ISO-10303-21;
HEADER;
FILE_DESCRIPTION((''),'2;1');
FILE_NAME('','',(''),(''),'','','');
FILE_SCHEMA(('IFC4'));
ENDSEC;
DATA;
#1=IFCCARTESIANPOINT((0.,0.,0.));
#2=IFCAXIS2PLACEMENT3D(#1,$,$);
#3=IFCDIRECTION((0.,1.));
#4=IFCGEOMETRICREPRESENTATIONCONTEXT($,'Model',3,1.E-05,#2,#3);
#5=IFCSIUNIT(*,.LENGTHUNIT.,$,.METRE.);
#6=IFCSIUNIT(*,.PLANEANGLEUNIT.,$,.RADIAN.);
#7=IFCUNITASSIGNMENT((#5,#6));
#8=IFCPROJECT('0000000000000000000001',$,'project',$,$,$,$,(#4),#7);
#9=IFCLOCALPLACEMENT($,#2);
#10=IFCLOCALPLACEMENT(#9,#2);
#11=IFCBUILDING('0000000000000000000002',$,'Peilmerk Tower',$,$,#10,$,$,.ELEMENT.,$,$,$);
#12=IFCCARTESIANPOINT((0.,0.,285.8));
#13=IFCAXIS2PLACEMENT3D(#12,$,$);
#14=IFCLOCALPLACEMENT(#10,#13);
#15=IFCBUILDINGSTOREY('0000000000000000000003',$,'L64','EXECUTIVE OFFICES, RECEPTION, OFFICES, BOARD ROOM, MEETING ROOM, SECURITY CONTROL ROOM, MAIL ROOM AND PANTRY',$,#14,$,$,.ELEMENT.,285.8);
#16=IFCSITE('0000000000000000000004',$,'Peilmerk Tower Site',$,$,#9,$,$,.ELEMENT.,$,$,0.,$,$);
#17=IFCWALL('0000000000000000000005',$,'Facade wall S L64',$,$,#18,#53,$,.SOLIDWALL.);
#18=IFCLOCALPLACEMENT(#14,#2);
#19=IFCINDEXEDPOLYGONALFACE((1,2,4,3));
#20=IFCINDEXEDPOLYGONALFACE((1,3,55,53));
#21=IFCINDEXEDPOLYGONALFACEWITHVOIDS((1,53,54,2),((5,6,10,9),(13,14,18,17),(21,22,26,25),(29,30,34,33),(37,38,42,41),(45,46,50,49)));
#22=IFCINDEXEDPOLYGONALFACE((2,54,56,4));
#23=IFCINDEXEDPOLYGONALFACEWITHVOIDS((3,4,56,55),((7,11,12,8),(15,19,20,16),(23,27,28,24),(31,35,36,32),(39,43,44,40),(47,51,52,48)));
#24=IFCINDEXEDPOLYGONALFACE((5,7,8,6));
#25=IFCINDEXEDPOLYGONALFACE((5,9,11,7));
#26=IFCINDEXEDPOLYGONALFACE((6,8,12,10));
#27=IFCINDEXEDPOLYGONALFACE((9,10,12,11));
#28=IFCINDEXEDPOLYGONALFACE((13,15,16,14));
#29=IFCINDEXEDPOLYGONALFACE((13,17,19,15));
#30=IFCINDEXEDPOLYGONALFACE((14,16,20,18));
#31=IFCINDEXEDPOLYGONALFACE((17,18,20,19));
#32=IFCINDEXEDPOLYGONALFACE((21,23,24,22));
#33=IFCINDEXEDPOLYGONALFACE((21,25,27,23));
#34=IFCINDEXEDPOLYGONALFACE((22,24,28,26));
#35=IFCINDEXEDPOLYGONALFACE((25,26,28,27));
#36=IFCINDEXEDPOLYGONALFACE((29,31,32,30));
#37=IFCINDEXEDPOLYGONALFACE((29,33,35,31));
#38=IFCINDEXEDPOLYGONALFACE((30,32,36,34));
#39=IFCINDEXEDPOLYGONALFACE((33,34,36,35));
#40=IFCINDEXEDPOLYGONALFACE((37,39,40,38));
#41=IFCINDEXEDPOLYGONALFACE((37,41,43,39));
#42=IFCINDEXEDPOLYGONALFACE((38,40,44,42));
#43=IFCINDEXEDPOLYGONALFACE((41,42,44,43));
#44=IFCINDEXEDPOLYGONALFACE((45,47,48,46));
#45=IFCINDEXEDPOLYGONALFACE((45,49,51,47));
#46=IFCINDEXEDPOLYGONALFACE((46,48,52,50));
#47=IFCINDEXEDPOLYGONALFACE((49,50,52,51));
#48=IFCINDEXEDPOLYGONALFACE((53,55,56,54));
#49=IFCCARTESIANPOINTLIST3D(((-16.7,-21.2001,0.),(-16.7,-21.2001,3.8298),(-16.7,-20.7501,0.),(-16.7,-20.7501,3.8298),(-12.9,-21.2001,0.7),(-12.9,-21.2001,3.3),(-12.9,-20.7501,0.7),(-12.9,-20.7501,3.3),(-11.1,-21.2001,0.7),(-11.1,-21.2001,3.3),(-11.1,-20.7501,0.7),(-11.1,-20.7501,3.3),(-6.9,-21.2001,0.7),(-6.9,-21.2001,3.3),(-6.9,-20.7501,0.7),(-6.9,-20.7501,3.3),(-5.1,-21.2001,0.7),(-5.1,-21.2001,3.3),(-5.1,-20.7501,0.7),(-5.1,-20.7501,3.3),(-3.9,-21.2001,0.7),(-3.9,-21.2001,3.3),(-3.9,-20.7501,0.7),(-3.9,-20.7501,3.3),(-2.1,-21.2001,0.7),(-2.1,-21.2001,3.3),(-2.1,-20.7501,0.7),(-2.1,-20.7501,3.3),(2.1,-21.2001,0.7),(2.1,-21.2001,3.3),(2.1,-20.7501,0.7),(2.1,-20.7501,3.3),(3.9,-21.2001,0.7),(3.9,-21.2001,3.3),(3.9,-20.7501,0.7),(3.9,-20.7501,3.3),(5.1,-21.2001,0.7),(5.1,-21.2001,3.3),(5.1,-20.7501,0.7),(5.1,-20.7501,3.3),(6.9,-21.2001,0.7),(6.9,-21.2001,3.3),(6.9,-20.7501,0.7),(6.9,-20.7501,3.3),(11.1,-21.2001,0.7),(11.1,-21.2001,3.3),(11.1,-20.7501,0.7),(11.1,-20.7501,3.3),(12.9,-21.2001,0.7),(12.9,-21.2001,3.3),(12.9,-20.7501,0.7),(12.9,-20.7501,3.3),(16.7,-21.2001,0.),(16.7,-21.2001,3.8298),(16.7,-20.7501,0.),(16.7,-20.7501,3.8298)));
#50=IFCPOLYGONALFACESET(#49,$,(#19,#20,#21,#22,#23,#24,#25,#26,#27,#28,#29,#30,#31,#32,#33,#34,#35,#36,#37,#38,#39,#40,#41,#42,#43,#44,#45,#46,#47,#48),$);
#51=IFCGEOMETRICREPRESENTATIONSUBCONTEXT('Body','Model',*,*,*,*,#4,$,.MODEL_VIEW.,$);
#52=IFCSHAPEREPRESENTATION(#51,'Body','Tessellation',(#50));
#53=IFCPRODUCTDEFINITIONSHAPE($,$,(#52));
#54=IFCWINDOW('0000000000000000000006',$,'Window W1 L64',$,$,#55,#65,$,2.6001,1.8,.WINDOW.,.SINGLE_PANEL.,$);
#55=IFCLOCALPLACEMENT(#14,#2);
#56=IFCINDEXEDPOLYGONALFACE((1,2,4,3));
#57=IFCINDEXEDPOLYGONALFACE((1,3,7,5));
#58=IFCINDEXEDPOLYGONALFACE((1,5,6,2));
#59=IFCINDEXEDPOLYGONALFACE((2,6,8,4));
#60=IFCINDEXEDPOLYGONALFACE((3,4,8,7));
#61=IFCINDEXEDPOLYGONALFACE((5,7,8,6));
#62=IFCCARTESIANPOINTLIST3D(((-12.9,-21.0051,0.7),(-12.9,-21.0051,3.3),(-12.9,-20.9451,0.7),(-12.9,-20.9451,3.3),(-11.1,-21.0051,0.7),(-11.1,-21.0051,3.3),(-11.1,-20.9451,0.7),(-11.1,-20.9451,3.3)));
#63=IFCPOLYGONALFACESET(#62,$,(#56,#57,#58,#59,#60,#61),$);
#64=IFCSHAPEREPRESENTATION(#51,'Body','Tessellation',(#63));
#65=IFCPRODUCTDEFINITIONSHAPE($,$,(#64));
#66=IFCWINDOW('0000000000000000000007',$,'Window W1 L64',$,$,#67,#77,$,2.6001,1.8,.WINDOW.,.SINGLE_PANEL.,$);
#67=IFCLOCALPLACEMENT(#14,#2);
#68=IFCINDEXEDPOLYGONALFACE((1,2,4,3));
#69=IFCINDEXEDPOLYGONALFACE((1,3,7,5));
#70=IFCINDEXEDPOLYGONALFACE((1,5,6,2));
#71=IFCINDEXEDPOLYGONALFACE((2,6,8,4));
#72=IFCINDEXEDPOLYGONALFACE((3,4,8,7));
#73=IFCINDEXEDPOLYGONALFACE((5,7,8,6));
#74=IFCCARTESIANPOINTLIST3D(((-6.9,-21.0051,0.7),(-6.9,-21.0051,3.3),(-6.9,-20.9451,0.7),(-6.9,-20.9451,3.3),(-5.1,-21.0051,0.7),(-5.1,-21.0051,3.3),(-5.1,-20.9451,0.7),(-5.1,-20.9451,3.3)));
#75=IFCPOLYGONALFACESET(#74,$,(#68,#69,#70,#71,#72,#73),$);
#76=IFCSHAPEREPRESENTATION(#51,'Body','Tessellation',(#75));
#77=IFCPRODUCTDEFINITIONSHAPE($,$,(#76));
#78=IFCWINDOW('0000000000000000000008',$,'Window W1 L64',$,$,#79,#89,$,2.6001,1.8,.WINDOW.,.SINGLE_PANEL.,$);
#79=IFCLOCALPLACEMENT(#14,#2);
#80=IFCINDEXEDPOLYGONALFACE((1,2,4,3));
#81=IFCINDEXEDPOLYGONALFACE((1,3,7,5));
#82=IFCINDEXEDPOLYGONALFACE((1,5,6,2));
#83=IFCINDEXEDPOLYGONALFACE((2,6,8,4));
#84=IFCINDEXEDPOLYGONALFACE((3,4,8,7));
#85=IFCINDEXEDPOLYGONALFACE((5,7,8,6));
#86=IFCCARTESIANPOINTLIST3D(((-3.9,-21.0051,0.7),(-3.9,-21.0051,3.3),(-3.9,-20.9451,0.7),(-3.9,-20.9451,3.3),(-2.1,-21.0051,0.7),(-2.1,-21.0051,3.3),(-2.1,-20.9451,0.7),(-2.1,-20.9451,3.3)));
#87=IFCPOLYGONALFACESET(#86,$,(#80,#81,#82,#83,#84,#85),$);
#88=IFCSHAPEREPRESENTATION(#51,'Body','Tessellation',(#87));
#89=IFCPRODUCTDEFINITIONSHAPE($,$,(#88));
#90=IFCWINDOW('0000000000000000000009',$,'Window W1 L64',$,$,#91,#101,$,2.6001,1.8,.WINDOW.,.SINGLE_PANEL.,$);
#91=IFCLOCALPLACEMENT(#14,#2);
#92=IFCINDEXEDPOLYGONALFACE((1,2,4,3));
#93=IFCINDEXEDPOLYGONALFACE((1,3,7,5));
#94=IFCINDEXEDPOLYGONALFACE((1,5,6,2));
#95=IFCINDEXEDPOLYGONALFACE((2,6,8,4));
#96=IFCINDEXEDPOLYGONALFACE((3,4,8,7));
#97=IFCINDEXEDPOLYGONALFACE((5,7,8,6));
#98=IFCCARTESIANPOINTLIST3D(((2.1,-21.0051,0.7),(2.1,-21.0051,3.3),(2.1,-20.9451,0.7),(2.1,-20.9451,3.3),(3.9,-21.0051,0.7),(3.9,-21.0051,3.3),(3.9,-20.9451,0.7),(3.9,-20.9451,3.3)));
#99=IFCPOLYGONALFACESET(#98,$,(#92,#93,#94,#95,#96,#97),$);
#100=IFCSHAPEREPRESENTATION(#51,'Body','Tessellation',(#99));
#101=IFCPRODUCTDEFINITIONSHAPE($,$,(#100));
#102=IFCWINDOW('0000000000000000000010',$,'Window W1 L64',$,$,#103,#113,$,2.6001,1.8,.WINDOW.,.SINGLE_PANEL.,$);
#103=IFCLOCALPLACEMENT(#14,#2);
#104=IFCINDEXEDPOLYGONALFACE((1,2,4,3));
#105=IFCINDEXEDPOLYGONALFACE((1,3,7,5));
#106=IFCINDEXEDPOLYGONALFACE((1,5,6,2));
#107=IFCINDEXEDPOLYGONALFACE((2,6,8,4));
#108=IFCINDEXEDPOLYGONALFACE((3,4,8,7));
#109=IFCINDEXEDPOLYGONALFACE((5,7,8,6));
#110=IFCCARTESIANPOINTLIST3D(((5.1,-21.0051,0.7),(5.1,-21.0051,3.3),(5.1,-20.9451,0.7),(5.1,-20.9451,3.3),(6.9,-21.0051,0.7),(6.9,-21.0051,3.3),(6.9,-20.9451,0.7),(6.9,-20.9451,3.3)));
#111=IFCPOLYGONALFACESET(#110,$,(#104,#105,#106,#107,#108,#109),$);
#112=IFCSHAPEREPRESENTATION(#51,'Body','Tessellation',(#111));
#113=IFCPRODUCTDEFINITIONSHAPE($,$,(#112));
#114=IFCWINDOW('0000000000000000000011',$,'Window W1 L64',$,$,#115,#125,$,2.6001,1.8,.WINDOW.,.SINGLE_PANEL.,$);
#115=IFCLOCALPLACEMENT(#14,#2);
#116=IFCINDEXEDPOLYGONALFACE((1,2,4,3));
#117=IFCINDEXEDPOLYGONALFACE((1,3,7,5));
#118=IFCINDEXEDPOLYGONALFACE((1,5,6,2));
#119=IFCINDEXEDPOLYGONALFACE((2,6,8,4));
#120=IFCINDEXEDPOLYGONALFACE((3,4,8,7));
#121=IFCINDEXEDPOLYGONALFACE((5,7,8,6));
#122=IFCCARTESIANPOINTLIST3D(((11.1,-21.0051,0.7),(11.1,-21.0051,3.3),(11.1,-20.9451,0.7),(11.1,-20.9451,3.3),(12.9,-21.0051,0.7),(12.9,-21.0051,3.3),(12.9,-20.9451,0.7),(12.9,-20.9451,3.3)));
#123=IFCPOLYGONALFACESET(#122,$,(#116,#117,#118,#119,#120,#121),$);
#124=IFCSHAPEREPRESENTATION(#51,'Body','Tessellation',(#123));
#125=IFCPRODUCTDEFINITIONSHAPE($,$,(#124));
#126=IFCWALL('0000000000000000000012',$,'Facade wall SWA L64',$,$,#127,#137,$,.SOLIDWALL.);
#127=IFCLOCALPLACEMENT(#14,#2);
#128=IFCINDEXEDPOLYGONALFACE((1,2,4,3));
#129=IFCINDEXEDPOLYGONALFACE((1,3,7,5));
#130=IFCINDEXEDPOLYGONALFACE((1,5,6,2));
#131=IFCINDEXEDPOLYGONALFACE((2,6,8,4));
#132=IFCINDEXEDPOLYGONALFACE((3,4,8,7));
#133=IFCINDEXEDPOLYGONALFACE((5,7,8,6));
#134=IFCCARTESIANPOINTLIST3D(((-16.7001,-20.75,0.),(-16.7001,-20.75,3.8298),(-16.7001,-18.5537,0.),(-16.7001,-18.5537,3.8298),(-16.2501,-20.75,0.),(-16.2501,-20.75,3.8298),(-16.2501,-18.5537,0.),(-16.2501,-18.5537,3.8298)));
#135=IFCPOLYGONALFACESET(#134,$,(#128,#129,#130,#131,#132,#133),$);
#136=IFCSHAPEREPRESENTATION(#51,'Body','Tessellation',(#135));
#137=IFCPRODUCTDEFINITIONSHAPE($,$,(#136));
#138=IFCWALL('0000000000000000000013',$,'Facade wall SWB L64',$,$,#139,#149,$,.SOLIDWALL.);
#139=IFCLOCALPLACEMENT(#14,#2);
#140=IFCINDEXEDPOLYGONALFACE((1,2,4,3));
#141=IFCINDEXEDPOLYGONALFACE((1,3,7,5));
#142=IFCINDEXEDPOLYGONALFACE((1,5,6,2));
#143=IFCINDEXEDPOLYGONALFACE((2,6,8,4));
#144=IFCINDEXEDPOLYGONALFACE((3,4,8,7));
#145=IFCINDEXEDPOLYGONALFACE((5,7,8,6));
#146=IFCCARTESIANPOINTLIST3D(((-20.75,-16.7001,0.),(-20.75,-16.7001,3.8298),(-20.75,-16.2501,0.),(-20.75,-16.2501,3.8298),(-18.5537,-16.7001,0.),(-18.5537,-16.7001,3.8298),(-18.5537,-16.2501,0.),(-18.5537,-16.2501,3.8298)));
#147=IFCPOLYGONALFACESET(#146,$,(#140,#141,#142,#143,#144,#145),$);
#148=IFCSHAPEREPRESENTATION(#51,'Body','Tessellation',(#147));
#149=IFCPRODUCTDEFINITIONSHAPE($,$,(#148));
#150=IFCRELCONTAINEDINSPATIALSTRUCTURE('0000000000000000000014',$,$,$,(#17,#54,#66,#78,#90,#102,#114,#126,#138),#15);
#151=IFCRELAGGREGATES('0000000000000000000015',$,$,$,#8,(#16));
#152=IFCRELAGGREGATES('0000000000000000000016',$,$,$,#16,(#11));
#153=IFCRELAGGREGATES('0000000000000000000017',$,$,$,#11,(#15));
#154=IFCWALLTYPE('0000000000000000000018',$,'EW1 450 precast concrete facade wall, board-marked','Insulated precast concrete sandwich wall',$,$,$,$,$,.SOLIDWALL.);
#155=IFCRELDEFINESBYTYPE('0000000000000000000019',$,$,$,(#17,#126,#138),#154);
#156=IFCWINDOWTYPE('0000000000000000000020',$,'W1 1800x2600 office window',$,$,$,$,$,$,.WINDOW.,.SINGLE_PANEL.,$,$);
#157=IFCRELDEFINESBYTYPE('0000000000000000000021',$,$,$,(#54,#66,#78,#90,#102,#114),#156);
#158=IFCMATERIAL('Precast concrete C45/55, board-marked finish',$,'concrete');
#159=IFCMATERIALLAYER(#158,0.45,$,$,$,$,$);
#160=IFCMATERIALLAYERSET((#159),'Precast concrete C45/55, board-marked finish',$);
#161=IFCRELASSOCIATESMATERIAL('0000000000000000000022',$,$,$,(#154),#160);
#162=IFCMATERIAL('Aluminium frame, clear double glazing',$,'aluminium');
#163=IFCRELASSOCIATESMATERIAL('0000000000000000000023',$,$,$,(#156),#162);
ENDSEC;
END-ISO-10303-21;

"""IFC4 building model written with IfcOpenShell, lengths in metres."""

from ifc_helpers import new_model, si_unit, direction, frame, frame_2d, origin, place, context, subcontext, project, spatial, rectangle, extrude, material, layer, layer_set, type_object, element, fill, save


model = new_model("IFC4")

# Units and contexts
model_context = context("Model", 3, precision=1e-05, world=origin(), true_north=direction((0.0, 1.0)))
body_context = subcontext(model_context, "Body", "Model", "MODEL_VIEW")
ifc_project = project(units=[si_unit("LENGTHUNIT", "METRE"), si_unit("PLANEANGLEUNIT", "RADIAN")], contexts=[model_context])

# Site, building, storey
site_placement = place(None, origin())
site = spatial("IfcSite", under=ifc_project, at=site_placement, Name="Peilmerk Tower Site", CompositionType="ELEMENT", RefElevation=0.0)
building_placement = place(site_placement, origin())
building = spatial("IfcBuilding", under=site, at=building_placement, Name="Peilmerk Tower", CompositionType="ELEMENT")
storey_placement = place(building_placement, frame((0.0, 0.0, 285.8)))
storey = spatial("IfcBuildingStorey", under=building, at=storey_placement, Name="L64", Description="EXECUTIVE OFFICES, RECEPTION, OFFICES, BOARD ROOM, MEETING ROOM, SECURITY CONTROL ROOM, MAIL ROOM AND PANTRY", CompositionType="ELEMENT", Elevation=285.8)

# Wall, openings, windows
ifc_material_1 = material(Name="Precast concrete C45/55, board-marked finish", Category="concrete")
ifc_layer_1 = layer(ifc_material_1, 0.45)
ifc_layer_set_1 = layer_set([ifc_layer_1], Name="Precast concrete C45/55, board-marked finish")
wall_type = type_object("IfcWallType", Name="EW1 450 precast concrete facade wall, board-marked", Description="Insulated precast concrete sandwich wall", PredefinedType="SOLIDWALL", material=ifc_layer_set_1)
wall_placement = place(storey_placement, frame((-16.7, -20.9751, 0.0), z_axis=(0.0, 0.0, 1.0), x_axis=(1.0, 0.0, 0.0)))
wall = element("IfcWall", 1, at=wall_placement, inside=storey, type_object=wall_type, Name="Facade wall S L64", PredefinedType="SOLIDWALL", context=body_context, shape_type="SweptSolid", body=[
    extrude(rectangle(XDim=33.3999, YDim=0.45, at=frame_2d((16.7, 0.0))), origin(), (0.0, 0.0, 1.0), 3.8298),
])
opening_1_placement = place(wall_placement, frame((3.8, 0.0, 0.7)))
opening_1 = element("IfcOpeningElement", 2, at=opening_1_placement, cuts=wall, PredefinedType="OPENING", context=body_context, shape_type="SweptSolid", body=[
    extrude(rectangle(XDim=1.8, YDim=2.6001, at=frame_2d((0.8999, 1.3))), frame((0.0, 0.2349, 0.0), z_axis=(0.0, -1.0, 0.0), x_axis=(1.0, 0.0, 0.0)), (0.0, 0.0, 1.0), 0.47),
])
opening_2_placement = place(wall_placement, frame((9.8, 0.0, 0.7)))
opening_2 = element("IfcOpeningElement", 3, at=opening_2_placement, cuts=wall, PredefinedType="OPENING", context=body_context, shape_type="SweptSolid", body=[
    extrude(rectangle(XDim=1.8, YDim=2.6001, at=frame_2d((0.8999, 1.3))), frame((0.0, 0.2349, 0.0), z_axis=(0.0, -1.0, 0.0), x_axis=(1.0, 0.0, 0.0)), (0.0, 0.0, 1.0), 0.47),
])
opening_3_placement = place(wall_placement, frame((12.8, 0.0, 0.7)))
opening_3 = element("IfcOpeningElement", 4, at=opening_3_placement, cuts=wall, PredefinedType="OPENING", context=body_context, shape_type="SweptSolid", body=[
    extrude(rectangle(XDim=1.8, YDim=2.6001, at=frame_2d((0.8999, 1.3))), frame((0.0, 0.2349, 0.0), z_axis=(0.0, -1.0, 0.0), x_axis=(1.0, 0.0, 0.0)), (0.0, 0.0, 1.0), 0.47),
])
opening_4_placement = place(wall_placement, frame((18.8, 0.0, 0.7)))
opening_4 = element("IfcOpeningElement", 5, at=opening_4_placement, cuts=wall, PredefinedType="OPENING", context=body_context, shape_type="SweptSolid", body=[
    extrude(rectangle(XDim=1.8, YDim=2.6001, at=frame_2d((0.8999, 1.3))), frame((0.0, 0.2349, 0.0), z_axis=(0.0, -1.0, 0.0), x_axis=(1.0, 0.0, 0.0)), (0.0, 0.0, 1.0), 0.47),
])
opening_5_placement = place(wall_placement, frame((21.8, 0.0, 0.7)))
opening_5 = element("IfcOpeningElement", 6, at=opening_5_placement, cuts=wall, PredefinedType="OPENING", context=body_context, shape_type="SweptSolid", body=[
    extrude(rectangle(XDim=1.8, YDim=2.6001, at=frame_2d((0.8999, 1.3))), frame((0.0, 0.2349, 0.0), z_axis=(0.0, -1.0, 0.0), x_axis=(1.0, 0.0, 0.0)), (0.0, 0.0, 1.0), 0.47),
])
opening_6_placement = place(wall_placement, frame((27.8, 0.0, 0.7)))
opening_6 = element("IfcOpeningElement", 7, at=opening_6_placement, cuts=wall, PredefinedType="OPENING", context=body_context, shape_type="SweptSolid", body=[
    extrude(rectangle(XDim=1.8, YDim=2.6001, at=frame_2d((0.8999, 1.3))), frame((0.0, 0.2349, 0.0), z_axis=(0.0, -1.0, 0.0), x_axis=(1.0, 0.0, 0.0)), (0.0, 0.0, 1.0), 0.47),
])
ifc_material_2 = material(Name="Aluminium frame, clear double glazing", Category="aluminium")
window_type = type_object("IfcWindowType", Name="W1 1800x2600 office window", PartitioningType="SINGLE_PANEL", PredefinedType="WINDOW", material=ifc_material_2)
window_1_placement = place(opening_1_placement, origin())
window_1 = element("IfcWindow", 8, at=window_1_placement, inside=storey, type_object=window_type, Name="Window W1 L64", OverallHeight=2.6001, OverallWidth=1.8, PartitioningType="SINGLE_PANEL", PredefinedType="WINDOW", context=body_context, shape_type="SweptSolid", body=[
    extrude(rectangle(XDim=1.8, YDim=2.6001, at=frame_2d((0.8999, 1.3))), frame((0.0, 0.03, 0.0), z_axis=(0.0, -1.0, 0.0), x_axis=(1.0, 0.0, 0.0)), (0.0, 0.0, 1.0), 0.0601),
])
fill(opening_1, window_1)
window_2_placement = place(opening_2_placement, origin())
window_2 = element("IfcWindow", 9, at=window_2_placement, inside=storey, type_object=window_type, Name="Window W1 L64", OverallHeight=2.6001, OverallWidth=1.8, PartitioningType="SINGLE_PANEL", PredefinedType="WINDOW", context=body_context, shape_type="SweptSolid", body=[
    extrude(rectangle(XDim=1.8, YDim=2.6001, at=frame_2d((0.8999, 1.3))), frame((0.0, 0.03, 0.0), z_axis=(0.0, -1.0, 0.0), x_axis=(1.0, 0.0, 0.0)), (0.0, 0.0, 1.0), 0.0601),
])
fill(opening_2, window_2)
window_3_placement = place(opening_3_placement, origin())
window_3 = element("IfcWindow", 10, at=window_3_placement, inside=storey, type_object=window_type, Name="Window W1 L64", OverallHeight=2.6001, OverallWidth=1.8, PartitioningType="SINGLE_PANEL", PredefinedType="WINDOW", context=body_context, shape_type="SweptSolid", body=[
    extrude(rectangle(XDim=1.8, YDim=2.6001, at=frame_2d((0.8999, 1.3))), frame((0.0, 0.03, 0.0), z_axis=(0.0, -1.0, 0.0), x_axis=(1.0, 0.0, 0.0)), (0.0, 0.0, 1.0), 0.0601),
])
fill(opening_3, window_3)
window_4_placement = place(opening_4_placement, origin())
window_4 = element("IfcWindow", 11, at=window_4_placement, inside=storey, type_object=window_type, Name="Window W1 L64", OverallHeight=2.6001, OverallWidth=1.8, PartitioningType="SINGLE_PANEL", PredefinedType="WINDOW", context=body_context, shape_type="SweptSolid", body=[
    extrude(rectangle(XDim=1.8, YDim=2.6001, at=frame_2d((0.8999, 1.3))), frame((0.0, 0.03, 0.0), z_axis=(0.0, -1.0, 0.0), x_axis=(1.0, 0.0, 0.0)), (0.0, 0.0, 1.0), 0.0601),
])
fill(opening_4, window_4)
window_5_placement = place(opening_5_placement, origin())
window_5 = element("IfcWindow", 12, at=window_5_placement, inside=storey, type_object=window_type, Name="Window W1 L64", OverallHeight=2.6001, OverallWidth=1.8, PartitioningType="SINGLE_PANEL", PredefinedType="WINDOW", context=body_context, shape_type="SweptSolid", body=[
    extrude(rectangle(XDim=1.8, YDim=2.6001, at=frame_2d((0.8999, 1.3))), frame((0.0, 0.03, 0.0), z_axis=(0.0, -1.0, 0.0), x_axis=(1.0, 0.0, 0.0)), (0.0, 0.0, 1.0), 0.0601),
])
fill(opening_5, window_5)
window_6_placement = place(opening_6_placement, origin())
window_6 = element("IfcWindow", 13, at=window_6_placement, inside=storey, type_object=window_type, Name="Window W1 L64", OverallHeight=2.6001, OverallWidth=1.8, PartitioningType="SINGLE_PANEL", PredefinedType="WINDOW", context=body_context, shape_type="SweptSolid", body=[
    extrude(rectangle(XDim=1.8, YDim=2.6001, at=frame_2d((0.8999, 1.3))), frame((0.0, 0.03, 0.0), z_axis=(0.0, -1.0, 0.0), x_axis=(1.0, 0.0, 0.0)), (0.0, 0.0, 1.0), 0.0601),
])
fill(opening_6, window_6)

# Walls
for number, where, z_axis, x_axis, name in (
    (14, (-16.4751, -18.5537, 0.0), (0.0, 0.0, 1.0), (0.0, -1.0, 0.0), "Facade wall SWA L64"),
    (15, (-18.5537, -16.4751, 0.0), (0.0, 0.0, 1.0), (-1.0, 0.0, 0.0), "Facade wall SWB L64"),
):
    element("IfcWall", number, at=place(storey_placement, frame(where, z_axis=z_axis, x_axis=x_axis)), inside=storey, type_object=wall_type, Name=name, PredefinedType="SOLIDWALL", context=body_context, shape_type="SweptSolid", body=[
        extrude(rectangle(XDim=2.1963, YDim=0.45, at=frame_2d((1.0981, 0.0))), origin(), (0.0, 0.0, 1.0), 3.8298),
    ])

save(model, "model.ifc")
